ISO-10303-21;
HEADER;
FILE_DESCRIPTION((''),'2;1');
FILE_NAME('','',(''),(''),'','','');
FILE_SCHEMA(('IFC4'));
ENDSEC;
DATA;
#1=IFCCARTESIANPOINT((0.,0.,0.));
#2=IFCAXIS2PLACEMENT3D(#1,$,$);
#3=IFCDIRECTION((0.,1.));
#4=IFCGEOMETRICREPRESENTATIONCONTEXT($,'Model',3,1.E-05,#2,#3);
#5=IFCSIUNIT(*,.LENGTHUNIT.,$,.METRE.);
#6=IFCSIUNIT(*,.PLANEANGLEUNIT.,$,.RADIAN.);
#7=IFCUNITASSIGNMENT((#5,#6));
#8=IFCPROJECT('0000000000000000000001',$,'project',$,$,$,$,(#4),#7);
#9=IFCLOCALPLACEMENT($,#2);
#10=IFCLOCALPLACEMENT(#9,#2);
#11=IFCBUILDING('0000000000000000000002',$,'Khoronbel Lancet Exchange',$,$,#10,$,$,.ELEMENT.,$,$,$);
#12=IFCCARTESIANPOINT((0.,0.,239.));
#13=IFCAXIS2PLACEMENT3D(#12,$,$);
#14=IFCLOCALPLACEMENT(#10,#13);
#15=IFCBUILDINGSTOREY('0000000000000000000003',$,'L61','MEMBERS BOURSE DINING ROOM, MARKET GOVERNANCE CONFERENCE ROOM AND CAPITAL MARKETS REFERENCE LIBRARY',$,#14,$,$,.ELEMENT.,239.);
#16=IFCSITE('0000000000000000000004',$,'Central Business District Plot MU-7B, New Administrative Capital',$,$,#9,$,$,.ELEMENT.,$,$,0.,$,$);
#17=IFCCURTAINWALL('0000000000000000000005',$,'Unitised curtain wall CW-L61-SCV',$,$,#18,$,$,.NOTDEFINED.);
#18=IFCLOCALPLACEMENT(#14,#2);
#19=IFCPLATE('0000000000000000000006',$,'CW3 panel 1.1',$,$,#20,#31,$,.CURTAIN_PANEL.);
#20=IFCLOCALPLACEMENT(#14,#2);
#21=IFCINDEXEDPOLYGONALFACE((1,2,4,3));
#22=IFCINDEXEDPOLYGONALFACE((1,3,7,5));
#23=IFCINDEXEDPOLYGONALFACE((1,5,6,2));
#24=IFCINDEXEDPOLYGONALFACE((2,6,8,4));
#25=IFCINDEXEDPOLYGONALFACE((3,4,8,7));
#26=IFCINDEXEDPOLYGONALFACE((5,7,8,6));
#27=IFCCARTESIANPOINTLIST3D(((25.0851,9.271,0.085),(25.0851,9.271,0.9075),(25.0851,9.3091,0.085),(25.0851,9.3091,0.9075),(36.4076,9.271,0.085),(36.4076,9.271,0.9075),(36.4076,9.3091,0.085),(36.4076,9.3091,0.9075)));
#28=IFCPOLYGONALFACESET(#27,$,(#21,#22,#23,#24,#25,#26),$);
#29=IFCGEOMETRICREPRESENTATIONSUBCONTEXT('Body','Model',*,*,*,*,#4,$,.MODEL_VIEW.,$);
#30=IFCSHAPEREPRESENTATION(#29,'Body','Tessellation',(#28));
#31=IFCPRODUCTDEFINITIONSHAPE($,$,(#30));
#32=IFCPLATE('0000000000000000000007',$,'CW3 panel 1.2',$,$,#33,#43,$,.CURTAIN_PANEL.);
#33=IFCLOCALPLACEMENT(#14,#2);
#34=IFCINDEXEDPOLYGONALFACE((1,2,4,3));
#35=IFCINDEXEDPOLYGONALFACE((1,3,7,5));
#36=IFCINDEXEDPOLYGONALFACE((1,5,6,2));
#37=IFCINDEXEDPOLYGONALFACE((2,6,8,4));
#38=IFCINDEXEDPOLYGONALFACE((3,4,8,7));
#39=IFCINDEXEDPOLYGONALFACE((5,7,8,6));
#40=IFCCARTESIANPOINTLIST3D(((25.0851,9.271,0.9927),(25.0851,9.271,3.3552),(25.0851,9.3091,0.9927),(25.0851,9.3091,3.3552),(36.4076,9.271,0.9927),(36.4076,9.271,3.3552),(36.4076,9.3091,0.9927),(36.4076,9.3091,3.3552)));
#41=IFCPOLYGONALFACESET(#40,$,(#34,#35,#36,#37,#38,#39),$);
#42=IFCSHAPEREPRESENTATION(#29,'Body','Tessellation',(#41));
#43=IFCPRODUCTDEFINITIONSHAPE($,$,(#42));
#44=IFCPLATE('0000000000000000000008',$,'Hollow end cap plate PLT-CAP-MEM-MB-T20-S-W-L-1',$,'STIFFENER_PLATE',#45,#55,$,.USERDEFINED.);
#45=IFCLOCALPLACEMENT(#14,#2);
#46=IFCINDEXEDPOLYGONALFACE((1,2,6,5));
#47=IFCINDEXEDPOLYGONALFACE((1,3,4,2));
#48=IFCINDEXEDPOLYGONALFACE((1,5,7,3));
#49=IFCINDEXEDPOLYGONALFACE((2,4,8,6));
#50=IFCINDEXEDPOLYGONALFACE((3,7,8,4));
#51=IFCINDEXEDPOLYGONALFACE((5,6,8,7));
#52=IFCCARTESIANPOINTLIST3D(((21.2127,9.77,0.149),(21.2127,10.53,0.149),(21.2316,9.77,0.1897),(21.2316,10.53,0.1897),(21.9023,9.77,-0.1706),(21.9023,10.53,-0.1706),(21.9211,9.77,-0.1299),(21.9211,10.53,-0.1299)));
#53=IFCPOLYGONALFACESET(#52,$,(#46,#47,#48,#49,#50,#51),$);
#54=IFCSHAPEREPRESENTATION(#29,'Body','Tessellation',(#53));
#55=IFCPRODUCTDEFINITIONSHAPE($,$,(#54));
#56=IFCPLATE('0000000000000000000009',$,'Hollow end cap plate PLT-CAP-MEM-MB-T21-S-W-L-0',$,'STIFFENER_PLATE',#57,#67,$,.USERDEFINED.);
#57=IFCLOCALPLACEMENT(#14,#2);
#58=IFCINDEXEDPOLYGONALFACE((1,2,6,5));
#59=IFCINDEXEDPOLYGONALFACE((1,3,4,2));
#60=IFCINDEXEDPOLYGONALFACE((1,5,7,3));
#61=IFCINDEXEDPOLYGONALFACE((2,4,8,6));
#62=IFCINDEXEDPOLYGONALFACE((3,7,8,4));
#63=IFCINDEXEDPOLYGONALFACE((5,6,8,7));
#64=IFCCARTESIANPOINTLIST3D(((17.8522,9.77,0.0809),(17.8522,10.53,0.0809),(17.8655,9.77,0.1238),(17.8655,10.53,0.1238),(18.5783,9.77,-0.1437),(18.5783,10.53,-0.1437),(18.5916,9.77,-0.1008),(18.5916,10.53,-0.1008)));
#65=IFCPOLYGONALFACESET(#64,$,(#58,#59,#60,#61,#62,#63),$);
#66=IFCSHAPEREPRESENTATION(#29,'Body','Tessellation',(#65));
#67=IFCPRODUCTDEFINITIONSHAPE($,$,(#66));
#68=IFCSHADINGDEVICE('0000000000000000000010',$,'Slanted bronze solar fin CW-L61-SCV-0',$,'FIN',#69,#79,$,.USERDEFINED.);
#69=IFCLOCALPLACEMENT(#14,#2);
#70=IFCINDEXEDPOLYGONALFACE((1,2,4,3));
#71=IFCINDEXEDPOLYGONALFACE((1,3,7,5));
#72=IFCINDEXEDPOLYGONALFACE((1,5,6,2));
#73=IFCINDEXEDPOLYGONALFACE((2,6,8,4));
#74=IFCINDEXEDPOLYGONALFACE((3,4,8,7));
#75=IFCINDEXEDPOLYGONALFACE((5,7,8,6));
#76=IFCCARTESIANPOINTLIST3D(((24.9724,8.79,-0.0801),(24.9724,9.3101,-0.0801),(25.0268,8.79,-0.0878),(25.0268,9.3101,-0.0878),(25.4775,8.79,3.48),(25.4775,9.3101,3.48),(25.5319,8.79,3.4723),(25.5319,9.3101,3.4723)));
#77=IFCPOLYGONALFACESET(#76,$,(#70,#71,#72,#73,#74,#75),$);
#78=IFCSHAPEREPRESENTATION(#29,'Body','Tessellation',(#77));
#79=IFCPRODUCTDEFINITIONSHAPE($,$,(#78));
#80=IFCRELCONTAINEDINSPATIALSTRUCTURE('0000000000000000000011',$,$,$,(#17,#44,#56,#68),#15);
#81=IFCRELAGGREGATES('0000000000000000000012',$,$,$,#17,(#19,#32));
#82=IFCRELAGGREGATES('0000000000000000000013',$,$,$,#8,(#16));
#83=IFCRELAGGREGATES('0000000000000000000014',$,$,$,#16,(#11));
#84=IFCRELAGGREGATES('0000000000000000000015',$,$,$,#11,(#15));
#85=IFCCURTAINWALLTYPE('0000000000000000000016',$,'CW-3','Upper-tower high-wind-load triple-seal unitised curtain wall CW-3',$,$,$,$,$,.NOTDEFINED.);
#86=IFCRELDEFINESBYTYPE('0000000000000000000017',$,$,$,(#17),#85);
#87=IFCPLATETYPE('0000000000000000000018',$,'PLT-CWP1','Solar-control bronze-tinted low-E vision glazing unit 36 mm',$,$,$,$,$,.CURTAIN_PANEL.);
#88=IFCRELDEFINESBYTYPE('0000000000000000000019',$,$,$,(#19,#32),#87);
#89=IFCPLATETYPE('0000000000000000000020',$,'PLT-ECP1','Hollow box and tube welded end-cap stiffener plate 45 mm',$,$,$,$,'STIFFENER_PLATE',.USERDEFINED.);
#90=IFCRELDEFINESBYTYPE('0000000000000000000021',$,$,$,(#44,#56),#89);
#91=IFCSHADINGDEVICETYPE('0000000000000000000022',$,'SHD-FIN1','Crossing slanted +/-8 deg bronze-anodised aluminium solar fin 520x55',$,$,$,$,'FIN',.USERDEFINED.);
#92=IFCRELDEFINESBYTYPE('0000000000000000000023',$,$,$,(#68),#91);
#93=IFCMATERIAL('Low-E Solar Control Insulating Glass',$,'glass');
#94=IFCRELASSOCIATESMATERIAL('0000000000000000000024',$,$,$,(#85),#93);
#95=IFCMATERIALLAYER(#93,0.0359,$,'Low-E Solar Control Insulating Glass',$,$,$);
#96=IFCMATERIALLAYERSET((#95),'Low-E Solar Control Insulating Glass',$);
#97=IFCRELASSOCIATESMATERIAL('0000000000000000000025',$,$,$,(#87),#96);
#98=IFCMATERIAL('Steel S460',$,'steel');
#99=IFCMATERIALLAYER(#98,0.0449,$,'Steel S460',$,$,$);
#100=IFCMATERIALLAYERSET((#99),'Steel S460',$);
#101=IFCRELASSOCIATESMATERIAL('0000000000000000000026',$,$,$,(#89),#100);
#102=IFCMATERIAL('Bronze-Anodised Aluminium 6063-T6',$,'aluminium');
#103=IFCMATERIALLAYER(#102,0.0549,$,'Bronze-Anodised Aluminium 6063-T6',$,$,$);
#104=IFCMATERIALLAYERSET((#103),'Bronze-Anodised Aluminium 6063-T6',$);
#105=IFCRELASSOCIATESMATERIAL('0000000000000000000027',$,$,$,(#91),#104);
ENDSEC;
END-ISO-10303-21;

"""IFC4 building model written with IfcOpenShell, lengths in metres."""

from ifc_helpers import new_model, si_unit, direction, frame, origin, origin_2d, place, context, subcontext, project, spatial, polyline, rectangle, outline, extrude, material, layer, layer_set, type_object, element, aggregate, save


model = new_model("IFC4")

# Units and contexts
model_context = context("Model", 3, precision=1e-05, world=origin(), true_north=direction((0.0, 1.0)))
body_context = subcontext(model_context, "Body", "Model", "MODEL_VIEW")
ifc_project = project(units=[si_unit("LENGTHUNIT", "METRE"), si_unit("PLANEANGLEUNIT", "RADIAN")], contexts=[model_context])

# Site, building, storey
site_placement = place(None, origin())
site = spatial("IfcSite", under=ifc_project, at=site_placement, Name="Central Business District Plot MU-7B, New Administrative Capital", CompositionType="ELEMENT", RefElevation=0.0)
building_placement = place(site_placement, origin())
building = spatial("IfcBuilding", under=site, at=building_placement, Name="Khoronbel Lancet Exchange", CompositionType="ELEMENT")
storey_placement = place(building_placement, frame((0.0, 0.0, 239.0)))
storey = spatial("IfcBuildingStorey", under=building, at=storey_placement, Name="L61", Description="MEMBERS BOURSE DINING ROOM, MARKET GOVERNANCE CONFERENCE ROOM AND CAPITAL MARKETS REFERENCE LIBRARY", CompositionType="ELEMENT", Elevation=239.0)

# Shared definitions
ifc_material_1 = material(Name="Steel S460", Category="steel")

# Curtain wall
ifc_material_2 = material(Name="Low-E Solar Control Insulating Glass", Category="glass")
curtain_wall_type = type_object("IfcCurtainWallType", Name="CW-3", Description="Upper-tower high-wind-load triple-seal unitised curtain wall CW-3", PredefinedType="NOTDEFINED", material=ifc_material_2)
ifc_material_3 = material(Name="Bronze-Anodised Aluminium 6063-T6", Category="aluminium")
curtain_wall_1_placement = place(storey_placement, origin())
curtain_wall_1 = element("IfcCurtainWall", 1, at=curtain_wall_1_placement, inside=storey, type_object=curtain_wall_type, Name="Unitised curtain wall CW-L61-SCV", PredefinedType="NOTDEFINED")

# Plates
ifc_layer_1 = layer(ifc_material_2, 0.0359, Name="Low-E Solar Control Insulating Glass")
ifc_layer_set_1 = layer_set([ifc_layer_1], Name="Low-E Solar Control Insulating Glass")
plate_type_1 = type_object("IfcPlateType", Name="PLT-CWP1", Description="Solar-control bronze-tinted low-E vision glazing unit 36 mm", PredefinedType="CURTAIN_PANEL", material=ifc_layer_set_1)
plate_1_placement = place(storey_placement, frame((30.7463, 9.29, 0.085), z_axis=(0.0, 0.0, 1.0), x_axis=(1.0, 0.0, 0.0)))
plate_1 = element("IfcPlate", 2, at=plate_1_placement, type_object=plate_type_1, Name="CW3 panel 1.1", PredefinedType="CURTAIN_PANEL", context=body_context, shape_type="SweptSolid", body=[
    extrude(rectangle(XDim=11.3225, YDim=0.0381, at=origin_2d()), origin(), (0.0, 0.0, 1.0), 0.8225),
])
plate_2_placement = place(storey_placement, frame((30.7463, 9.29, 0.9927), z_axis=(0.0, 0.0, 1.0), x_axis=(1.0, 0.0, 0.0)))
plate_2 = element("IfcPlate", 3, at=plate_2_placement, type_object=plate_type_1, Name="CW3 panel 1.2", PredefinedType="CURTAIN_PANEL", context=body_context, shape_type="SweptSolid", body=[
    extrude(rectangle(XDim=11.3225, YDim=0.0381, at=origin_2d()), origin(), (0.0, 0.0, 1.0), 2.3625),
])
aggregate(curtain_wall_1, [plate_1, plate_2])

# Plates
ifc_layer_2 = layer(ifc_material_1, 0.0449, Name="Steel S460")
ifc_layer_set_2 = layer_set([ifc_layer_2], Name="Steel S460")
plate_type_2 = type_object("IfcPlateType", Name="PLT-ECP1", Description="Hollow box and tube welded end-cap stiffener plate 45 mm", ElementType="STIFFENER_PLATE", PredefinedType="USERDEFINED", material=ifc_layer_set_2)
for number, where, z_axis, x_axis, name in (
    (4, (21.9211, 9.77, -0.1299), (0.420545, 0.0, 0.907272), (0.0, 1.0, 0.0), "Hollow end cap plate PLT-CAP-MEM-MB-T20-S-W-L-1"),
    (5, (18.5916, 9.77, -0.1008), (0.29553, 0.0, 0.955333), (0.0, 1.0, 0.0), "Hollow end cap plate PLT-CAP-MEM-MB-T21-S-W-L-0"),
):
    element("IfcPlate", number, at=place(storey_placement, frame(where, z_axis=z_axis, x_axis=x_axis)), inside=storey, type_object=plate_type_2, Name=name, ObjectType="STIFFENER_PLATE", PredefinedType="USERDEFINED", context=body_context, shape_type="SweptSolid", body=[
        extrude(outline(polyline([(0.0, 0.0), (0.76, 0.0), (0.76, 0.76), (0.0, 0.76), (0.0, 0.0)])), origin(), (0.0, 0.0, -1.0), 0.0449),
    ])

# Shading device
ifc_layer_3 = layer(ifc_material_3, 0.0549, Name="Bronze-Anodised Aluminium 6063-T6")
ifc_layer_set_3 = layer_set([ifc_layer_3], Name="Bronze-Anodised Aluminium 6063-T6")
shading_device_type = type_object("IfcShadingDeviceType", Name="SHD-FIN1", Description="Crossing slanted +/-8 deg bronze-anodised aluminium solar fin 520x55", ElementType="FIN", PredefinedType="USERDEFINED", material=ifc_layer_set_3)
shading_device_placement = place(storey_placement, frame((24.9724, 9.3101, -0.0801), z_axis=(-0.990083, 0.0, 0.14048), x_axis=(0.0, -1.0, 0.0)))
element("IfcShadingDevice", 6, at=shading_device_placement, inside=storey, type_object=shading_device_type, Name="Slanted bronze solar fin CW-L61-SCV-0", ObjectType="FIN", PredefinedType="USERDEFINED", context=body_context, shape_type="SweptSolid", body=[
    extrude(outline(polyline([(0.0, 0.0), (0.52, 0.0), (0.52, 3.5957), (0.0, 3.5957), (0.0, 0.0)])), origin(), (0.0, 0.0, -1.0), 0.0549),
])

save(model, "model.ifc")
